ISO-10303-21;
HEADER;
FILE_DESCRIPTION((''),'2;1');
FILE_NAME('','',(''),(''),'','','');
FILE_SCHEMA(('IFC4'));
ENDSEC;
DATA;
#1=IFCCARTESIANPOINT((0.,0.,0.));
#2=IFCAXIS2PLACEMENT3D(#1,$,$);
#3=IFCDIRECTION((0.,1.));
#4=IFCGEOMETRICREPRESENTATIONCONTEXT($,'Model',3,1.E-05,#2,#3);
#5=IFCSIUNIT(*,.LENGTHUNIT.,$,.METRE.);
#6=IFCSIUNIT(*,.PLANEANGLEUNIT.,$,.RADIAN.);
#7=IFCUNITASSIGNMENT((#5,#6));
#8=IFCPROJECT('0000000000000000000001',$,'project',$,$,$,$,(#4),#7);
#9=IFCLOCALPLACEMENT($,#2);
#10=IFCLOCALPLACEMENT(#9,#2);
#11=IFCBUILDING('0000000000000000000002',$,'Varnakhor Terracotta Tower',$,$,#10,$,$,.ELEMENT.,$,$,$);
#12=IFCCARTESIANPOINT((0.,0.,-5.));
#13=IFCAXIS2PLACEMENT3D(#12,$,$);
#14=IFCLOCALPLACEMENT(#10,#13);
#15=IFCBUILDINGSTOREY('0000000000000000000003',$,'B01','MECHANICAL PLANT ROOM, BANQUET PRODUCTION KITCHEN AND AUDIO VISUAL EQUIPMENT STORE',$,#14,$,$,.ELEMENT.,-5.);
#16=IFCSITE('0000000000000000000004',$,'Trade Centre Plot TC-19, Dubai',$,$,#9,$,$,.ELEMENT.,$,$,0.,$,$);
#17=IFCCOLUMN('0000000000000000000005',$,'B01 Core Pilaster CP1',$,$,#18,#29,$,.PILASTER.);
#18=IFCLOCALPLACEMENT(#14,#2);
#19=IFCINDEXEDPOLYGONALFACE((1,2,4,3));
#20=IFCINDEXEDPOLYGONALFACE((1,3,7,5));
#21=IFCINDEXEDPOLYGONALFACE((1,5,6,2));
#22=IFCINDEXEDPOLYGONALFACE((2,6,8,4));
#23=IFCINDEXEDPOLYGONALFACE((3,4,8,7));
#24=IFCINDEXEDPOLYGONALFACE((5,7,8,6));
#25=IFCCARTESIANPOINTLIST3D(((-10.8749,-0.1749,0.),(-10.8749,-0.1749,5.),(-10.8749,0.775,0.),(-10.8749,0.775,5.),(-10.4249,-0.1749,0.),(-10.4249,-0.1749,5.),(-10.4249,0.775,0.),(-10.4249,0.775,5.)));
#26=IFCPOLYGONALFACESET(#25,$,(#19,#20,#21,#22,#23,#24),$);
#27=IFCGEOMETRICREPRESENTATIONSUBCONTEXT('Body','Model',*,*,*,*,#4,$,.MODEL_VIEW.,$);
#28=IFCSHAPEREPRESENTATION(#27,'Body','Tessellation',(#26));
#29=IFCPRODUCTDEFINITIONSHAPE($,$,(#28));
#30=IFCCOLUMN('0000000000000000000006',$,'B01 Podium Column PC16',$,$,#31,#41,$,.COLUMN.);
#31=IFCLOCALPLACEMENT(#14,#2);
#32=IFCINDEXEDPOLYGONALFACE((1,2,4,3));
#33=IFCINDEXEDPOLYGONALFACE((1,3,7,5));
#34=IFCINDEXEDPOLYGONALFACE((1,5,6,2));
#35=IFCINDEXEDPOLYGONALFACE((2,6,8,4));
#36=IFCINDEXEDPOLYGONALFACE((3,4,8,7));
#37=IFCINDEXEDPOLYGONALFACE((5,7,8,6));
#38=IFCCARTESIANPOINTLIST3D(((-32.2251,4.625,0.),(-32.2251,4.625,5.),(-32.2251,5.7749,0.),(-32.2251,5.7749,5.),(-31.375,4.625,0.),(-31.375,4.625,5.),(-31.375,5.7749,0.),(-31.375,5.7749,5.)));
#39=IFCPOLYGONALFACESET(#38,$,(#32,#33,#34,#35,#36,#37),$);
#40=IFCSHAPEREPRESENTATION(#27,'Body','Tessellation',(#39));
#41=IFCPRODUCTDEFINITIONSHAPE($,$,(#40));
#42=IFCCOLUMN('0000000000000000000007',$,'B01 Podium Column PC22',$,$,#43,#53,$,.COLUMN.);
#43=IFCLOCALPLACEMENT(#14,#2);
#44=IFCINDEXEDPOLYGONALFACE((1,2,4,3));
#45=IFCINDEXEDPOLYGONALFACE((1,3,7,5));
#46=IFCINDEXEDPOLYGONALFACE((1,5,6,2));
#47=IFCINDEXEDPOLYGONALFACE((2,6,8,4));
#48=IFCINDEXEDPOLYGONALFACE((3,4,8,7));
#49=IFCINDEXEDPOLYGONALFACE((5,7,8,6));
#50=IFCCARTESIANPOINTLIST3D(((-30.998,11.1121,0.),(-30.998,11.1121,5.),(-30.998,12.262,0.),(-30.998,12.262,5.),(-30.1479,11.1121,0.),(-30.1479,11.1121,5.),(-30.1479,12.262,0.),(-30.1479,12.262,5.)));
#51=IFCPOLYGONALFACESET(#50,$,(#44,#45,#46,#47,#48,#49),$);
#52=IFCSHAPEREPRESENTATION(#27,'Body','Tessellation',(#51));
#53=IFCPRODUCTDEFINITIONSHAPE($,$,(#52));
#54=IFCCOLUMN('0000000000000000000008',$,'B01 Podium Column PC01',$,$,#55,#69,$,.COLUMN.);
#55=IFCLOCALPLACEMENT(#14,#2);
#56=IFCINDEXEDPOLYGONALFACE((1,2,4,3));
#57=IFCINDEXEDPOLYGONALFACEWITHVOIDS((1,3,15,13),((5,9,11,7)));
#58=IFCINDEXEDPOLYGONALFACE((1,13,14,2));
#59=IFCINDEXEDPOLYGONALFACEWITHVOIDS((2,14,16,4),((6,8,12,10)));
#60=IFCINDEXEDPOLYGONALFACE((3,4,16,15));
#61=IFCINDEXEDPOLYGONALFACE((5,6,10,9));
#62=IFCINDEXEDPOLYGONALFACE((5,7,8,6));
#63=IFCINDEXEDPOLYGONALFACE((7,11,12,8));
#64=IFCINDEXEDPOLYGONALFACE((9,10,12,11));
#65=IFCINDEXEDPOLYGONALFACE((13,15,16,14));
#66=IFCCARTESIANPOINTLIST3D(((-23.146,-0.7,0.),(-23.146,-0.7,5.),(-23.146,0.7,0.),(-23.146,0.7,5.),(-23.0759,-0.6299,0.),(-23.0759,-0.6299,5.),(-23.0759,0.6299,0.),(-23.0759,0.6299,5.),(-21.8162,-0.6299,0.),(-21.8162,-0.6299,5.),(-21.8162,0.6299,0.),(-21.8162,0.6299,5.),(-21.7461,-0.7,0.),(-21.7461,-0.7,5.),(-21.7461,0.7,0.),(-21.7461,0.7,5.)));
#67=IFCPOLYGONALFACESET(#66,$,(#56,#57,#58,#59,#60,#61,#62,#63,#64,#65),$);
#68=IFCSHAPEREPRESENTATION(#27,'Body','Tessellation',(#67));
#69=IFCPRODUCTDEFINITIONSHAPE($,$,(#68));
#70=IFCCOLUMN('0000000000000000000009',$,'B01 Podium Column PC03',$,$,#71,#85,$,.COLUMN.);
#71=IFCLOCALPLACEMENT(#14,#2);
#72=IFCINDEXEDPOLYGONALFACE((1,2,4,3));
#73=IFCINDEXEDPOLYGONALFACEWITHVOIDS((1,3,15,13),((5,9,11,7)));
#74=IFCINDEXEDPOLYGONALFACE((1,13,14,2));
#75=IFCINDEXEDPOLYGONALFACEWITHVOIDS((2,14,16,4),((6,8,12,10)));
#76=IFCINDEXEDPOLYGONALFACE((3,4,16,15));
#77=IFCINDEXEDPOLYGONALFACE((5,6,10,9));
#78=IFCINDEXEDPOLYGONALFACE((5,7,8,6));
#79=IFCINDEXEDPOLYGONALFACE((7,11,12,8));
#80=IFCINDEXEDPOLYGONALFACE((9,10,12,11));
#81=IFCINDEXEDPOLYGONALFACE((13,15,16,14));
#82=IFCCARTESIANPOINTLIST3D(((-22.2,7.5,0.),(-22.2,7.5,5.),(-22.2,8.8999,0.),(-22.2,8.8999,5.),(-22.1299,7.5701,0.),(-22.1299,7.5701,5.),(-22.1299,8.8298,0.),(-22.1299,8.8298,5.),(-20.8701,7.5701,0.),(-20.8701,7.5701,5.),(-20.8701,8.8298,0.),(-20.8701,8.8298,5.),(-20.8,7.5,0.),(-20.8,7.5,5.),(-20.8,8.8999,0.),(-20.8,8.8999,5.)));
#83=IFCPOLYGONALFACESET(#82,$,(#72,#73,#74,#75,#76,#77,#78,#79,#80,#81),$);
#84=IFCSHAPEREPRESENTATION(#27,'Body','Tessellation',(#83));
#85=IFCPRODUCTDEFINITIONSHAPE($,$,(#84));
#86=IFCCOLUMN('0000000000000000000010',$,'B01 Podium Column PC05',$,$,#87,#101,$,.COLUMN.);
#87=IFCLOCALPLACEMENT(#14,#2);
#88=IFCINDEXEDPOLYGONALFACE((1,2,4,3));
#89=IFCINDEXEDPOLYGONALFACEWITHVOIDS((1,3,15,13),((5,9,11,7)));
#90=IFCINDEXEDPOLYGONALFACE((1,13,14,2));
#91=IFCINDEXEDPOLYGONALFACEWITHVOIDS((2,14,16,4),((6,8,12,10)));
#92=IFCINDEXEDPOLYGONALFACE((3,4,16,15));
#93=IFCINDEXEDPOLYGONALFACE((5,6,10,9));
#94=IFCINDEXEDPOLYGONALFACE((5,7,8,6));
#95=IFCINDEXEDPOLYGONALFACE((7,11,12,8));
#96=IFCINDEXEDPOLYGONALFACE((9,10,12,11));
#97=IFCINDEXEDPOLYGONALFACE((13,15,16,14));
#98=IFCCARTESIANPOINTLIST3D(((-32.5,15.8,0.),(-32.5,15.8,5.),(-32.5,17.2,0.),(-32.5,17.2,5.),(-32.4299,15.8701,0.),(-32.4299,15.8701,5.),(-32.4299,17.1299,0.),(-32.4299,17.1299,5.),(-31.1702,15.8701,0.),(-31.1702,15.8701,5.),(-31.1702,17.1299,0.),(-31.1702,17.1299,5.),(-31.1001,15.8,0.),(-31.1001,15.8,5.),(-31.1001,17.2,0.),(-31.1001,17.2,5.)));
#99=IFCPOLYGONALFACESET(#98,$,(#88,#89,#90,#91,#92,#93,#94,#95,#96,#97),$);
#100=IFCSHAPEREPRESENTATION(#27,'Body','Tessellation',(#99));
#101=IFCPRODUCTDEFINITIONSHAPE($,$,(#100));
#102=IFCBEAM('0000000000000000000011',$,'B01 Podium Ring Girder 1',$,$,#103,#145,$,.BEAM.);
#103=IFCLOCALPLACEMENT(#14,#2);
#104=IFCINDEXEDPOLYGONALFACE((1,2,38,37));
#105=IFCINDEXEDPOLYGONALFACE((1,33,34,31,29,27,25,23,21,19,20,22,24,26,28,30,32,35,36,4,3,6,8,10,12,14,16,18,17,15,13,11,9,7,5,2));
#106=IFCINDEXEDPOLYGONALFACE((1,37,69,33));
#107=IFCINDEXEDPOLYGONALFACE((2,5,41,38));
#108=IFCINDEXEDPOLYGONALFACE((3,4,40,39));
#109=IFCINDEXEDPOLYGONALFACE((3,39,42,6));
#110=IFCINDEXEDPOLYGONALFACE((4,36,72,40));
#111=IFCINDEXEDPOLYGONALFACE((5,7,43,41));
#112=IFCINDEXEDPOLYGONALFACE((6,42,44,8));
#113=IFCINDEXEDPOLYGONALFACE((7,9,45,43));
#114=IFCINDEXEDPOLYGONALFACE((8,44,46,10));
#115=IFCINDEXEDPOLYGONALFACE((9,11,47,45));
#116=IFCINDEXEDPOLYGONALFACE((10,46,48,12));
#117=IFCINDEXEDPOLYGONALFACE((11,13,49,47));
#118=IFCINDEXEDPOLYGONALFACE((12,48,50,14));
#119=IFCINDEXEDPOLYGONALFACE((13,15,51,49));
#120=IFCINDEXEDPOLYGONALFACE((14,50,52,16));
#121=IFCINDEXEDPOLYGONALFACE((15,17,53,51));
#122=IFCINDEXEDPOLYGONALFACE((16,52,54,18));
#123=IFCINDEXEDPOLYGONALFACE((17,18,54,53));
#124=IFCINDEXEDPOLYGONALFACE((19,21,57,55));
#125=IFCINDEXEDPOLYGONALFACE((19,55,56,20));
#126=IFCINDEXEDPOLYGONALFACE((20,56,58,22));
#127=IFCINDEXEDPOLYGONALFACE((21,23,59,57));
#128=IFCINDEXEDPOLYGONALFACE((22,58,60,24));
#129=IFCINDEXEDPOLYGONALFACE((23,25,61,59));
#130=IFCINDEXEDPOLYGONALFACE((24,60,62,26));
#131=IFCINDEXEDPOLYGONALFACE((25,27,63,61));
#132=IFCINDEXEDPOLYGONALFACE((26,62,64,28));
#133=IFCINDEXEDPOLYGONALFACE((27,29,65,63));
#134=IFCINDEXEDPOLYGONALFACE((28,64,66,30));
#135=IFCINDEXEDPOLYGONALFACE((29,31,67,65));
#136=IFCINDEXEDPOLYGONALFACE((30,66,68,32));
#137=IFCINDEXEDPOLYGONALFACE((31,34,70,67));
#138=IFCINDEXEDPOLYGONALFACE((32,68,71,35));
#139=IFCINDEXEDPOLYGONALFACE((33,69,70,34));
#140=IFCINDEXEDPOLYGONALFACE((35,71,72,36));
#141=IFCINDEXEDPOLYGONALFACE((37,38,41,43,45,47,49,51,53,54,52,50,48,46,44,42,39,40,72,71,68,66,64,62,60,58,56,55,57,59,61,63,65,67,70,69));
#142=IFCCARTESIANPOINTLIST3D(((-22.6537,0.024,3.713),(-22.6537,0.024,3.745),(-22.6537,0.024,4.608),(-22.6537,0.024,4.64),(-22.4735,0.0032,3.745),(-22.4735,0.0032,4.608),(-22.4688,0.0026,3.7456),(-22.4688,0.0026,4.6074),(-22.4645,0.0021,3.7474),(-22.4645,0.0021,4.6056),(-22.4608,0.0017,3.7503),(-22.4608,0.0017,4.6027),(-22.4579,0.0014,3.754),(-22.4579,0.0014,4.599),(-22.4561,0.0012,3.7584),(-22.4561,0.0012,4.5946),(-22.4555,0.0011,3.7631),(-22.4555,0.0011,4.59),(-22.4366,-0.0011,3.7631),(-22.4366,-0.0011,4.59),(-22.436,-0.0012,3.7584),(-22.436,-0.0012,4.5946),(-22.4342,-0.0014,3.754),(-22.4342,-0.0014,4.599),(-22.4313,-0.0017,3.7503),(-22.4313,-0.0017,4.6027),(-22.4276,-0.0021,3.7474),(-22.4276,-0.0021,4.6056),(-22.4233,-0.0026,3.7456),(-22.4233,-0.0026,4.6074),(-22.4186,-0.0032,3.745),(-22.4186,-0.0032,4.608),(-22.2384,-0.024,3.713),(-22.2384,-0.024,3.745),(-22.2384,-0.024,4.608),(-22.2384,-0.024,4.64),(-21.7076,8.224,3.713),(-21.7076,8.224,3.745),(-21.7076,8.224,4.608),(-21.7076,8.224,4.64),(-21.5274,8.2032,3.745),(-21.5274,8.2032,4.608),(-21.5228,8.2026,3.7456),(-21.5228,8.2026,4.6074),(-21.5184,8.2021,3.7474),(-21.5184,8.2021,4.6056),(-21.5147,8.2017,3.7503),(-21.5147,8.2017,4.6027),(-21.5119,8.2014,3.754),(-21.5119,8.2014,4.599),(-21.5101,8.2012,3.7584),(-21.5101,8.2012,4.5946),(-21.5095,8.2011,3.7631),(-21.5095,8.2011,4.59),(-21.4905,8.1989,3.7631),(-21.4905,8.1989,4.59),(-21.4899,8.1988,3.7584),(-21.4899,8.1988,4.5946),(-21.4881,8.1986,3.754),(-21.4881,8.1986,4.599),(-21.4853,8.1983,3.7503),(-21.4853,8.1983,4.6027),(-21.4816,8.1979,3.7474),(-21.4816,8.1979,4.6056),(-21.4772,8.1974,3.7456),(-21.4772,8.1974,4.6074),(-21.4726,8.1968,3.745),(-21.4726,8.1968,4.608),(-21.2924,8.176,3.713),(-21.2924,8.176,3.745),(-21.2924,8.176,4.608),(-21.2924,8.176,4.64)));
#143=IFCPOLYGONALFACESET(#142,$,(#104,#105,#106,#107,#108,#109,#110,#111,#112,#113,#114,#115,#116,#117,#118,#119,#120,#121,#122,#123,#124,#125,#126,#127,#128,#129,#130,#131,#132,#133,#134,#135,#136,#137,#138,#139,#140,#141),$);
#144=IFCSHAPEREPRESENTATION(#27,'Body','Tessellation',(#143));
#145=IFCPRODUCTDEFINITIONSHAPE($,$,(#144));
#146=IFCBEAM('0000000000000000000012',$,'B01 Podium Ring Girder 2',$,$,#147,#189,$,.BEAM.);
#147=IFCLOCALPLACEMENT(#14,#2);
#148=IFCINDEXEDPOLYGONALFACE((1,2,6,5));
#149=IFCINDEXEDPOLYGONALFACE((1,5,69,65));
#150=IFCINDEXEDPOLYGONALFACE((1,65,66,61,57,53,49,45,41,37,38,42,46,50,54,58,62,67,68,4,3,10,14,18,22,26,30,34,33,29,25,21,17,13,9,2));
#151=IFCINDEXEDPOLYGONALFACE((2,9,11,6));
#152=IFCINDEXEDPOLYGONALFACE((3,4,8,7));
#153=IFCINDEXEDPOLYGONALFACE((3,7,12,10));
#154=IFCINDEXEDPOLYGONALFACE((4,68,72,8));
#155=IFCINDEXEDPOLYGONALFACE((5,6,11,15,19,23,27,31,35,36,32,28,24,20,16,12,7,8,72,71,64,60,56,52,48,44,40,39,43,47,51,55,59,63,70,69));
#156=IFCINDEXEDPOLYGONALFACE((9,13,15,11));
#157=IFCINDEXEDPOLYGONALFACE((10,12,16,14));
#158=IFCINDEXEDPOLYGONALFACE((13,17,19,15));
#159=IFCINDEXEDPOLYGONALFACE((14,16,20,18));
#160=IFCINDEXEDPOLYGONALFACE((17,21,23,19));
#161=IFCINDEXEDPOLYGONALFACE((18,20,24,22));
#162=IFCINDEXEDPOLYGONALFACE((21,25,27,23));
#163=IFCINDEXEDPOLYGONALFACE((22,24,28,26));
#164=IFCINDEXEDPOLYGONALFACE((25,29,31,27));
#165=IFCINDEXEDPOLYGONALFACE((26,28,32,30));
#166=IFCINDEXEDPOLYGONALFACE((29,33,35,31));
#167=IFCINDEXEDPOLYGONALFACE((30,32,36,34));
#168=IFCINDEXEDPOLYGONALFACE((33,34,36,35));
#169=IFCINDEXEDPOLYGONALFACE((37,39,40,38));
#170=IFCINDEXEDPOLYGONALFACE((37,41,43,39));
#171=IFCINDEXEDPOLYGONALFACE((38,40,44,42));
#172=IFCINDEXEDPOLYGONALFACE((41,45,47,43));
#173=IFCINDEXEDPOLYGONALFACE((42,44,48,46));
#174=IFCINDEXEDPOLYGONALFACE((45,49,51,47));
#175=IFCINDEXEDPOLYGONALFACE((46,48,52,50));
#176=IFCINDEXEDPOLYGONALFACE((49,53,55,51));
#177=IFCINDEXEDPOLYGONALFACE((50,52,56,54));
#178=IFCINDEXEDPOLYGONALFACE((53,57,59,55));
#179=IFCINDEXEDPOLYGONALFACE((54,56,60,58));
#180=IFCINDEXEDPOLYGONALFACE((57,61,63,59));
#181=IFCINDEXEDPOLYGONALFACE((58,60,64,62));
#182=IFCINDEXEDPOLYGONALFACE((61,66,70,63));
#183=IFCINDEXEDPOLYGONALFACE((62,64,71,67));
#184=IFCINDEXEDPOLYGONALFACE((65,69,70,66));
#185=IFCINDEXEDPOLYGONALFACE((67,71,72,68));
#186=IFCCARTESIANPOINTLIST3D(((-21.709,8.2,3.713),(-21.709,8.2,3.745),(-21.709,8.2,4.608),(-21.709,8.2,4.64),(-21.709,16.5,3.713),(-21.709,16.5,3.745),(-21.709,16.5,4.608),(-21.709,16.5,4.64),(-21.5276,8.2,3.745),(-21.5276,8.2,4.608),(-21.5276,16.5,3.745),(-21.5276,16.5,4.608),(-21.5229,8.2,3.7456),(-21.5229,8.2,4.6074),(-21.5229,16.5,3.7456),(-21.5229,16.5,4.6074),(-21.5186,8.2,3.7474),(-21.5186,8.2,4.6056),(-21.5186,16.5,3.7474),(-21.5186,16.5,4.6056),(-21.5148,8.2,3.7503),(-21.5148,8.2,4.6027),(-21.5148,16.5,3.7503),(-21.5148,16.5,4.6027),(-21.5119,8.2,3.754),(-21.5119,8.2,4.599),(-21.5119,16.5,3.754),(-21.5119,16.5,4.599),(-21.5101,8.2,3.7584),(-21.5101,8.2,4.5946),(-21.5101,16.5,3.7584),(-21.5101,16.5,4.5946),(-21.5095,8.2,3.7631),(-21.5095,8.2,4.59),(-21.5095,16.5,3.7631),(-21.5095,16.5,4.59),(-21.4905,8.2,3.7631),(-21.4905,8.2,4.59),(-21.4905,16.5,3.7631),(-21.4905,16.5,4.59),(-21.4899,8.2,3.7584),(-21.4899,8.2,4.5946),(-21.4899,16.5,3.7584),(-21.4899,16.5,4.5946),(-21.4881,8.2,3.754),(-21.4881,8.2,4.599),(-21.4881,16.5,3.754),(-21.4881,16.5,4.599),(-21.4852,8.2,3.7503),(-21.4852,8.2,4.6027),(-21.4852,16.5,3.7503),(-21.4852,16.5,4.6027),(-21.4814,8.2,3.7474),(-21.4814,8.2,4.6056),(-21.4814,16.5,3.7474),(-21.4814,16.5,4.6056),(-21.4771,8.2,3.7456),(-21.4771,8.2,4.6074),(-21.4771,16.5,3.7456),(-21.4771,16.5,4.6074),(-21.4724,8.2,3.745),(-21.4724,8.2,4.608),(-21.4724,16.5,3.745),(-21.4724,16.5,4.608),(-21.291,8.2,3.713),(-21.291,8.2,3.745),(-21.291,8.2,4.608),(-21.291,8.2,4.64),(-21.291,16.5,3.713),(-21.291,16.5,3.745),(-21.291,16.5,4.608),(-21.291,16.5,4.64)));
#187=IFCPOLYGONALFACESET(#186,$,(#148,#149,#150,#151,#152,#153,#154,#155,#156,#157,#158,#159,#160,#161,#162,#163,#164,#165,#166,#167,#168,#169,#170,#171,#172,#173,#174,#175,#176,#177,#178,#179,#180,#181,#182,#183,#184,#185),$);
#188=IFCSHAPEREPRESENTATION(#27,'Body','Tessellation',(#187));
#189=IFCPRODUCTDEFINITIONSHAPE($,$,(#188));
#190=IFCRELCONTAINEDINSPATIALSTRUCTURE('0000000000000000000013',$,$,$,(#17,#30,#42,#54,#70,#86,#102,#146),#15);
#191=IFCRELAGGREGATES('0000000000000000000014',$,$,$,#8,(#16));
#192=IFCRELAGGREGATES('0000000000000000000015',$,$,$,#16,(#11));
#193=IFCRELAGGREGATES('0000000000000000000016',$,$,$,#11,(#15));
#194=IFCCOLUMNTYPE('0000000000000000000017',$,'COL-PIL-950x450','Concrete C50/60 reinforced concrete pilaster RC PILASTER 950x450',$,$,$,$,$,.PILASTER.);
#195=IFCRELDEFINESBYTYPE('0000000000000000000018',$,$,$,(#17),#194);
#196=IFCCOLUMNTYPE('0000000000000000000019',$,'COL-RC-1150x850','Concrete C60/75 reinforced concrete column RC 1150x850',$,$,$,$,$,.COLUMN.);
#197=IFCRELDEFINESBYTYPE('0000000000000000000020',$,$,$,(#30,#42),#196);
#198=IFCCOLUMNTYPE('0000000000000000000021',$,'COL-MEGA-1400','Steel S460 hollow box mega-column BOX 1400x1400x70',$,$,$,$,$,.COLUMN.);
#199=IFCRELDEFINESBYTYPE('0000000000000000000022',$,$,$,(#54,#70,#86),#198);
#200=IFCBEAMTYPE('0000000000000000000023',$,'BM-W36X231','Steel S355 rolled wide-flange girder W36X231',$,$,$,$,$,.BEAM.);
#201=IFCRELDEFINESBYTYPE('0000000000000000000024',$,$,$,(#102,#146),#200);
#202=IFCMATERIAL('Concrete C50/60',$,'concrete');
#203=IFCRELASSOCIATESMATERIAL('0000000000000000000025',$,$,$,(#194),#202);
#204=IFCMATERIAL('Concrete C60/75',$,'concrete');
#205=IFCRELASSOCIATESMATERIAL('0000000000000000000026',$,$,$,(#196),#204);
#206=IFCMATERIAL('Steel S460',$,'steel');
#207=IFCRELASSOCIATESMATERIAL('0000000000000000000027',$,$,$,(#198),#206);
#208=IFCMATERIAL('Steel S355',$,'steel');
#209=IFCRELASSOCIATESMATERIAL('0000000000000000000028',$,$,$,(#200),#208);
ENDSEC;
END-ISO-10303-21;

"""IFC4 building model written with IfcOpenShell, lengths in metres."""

from ifc_helpers import new_model, si_unit, direction, frame, origin, origin_2d, place, context, subcontext, project, spatial, rectangle, hollow_rectangle, i_section, extrude, source, transform, mapped, material, material_profile, profile_set, type_object, type_shapes, element, save


model = new_model("IFC4")

# Units and contexts
model_context = context("Model", 3, precision=1e-05, world=origin(), true_north=direction((0.0, 1.0)))
body_context = subcontext(model_context, "Body", "Model", "MODEL_VIEW")
ifc_project = project(units=[si_unit("LENGTHUNIT", "METRE"), si_unit("PLANEANGLEUNIT", "RADIAN")], contexts=[model_context])

# Site, building, storey
site_placement = place(None, origin())
site = spatial("IfcSite", under=ifc_project, at=site_placement, Name="Trade Centre Plot TC-19, Dubai", CompositionType="ELEMENT", RefElevation=0.0)
building_placement = place(site_placement, origin())
building = spatial("IfcBuilding", under=site, at=building_placement, Name="Varnakhor Terracotta Tower", CompositionType="ELEMENT")
storey_placement = place(building_placement, frame((0.0, 0.0, -5.0)))
storey = spatial("IfcBuildingStorey", under=building, at=storey_placement, Name="B01", Description="MECHANICAL PLANT ROOM, BANQUET PRODUCTION KITCHEN AND AUDIO VISUAL EQUIPMENT STORE", CompositionType="ELEMENT", Elevation=-5.0)

# Columns
ifc_material_1 = material(Name="Concrete C50/60", Category="concrete")
ifc_material_profile_1 = material_profile(ifc_material_1, rectangle(XDim=0.45, YDim=0.95, at=origin_2d()), Name="RC PILASTER 950x450")
ifc_profile_set_1 = profile_set([ifc_material_profile_1], Name="Concrete C50/60")
column_type_1 = type_object("IfcColumnType", Name="COL-PIL-950x450", Description="Concrete C50/60 reinforced concrete pilaster RC PILASTER 950x450", PredefinedType="PILASTER", material=ifc_profile_set_1)
shared_shape_1 = source(origin(), body_context, "Body", "SweptSolid", [
    extrude(rectangle(XDim=0.45, YDim=0.95, at=origin_2d()), origin(), (0.0, 0.0, 1.0), 5.0),
])
type_shapes(column_type_1, [shared_shape_1])
column_placement = place(storey_placement, frame((-10.6499, 0.3, 0.0), z_axis=(0.0, 0.0, 1.0), x_axis=(1.0, 0.0, 0.0)))
element("IfcColumn", 1, at=column_placement, inside=storey, type_object=column_type_1, Name="B01 Core Pilaster CP1", PredefinedType="PILASTER", context=body_context, shape_type="MappedRepresentation", body=[
    mapped(shared_shape_1, transform((0.0, 0.0, 0.0), scale=1.0)),
])
ifc_material_2 = material(Name="Concrete C60/75", Category="concrete")
ifc_material_profile_2 = material_profile(ifc_material_2, rectangle(XDim=0.8501, YDim=1.1499, at=origin_2d()), Name="RC 1150x850")
ifc_profile_set_2 = profile_set([ifc_material_profile_2], Name="Concrete C60/75")
column_type_2 = type_object("IfcColumnType", Name="COL-RC-1150x850", Description="Concrete C60/75 reinforced concrete column RC 1150x850", PredefinedType="COLUMN", material=ifc_profile_set_2)
shared_shape_2 = source(origin(), body_context, "Body", "SweptSolid", [
    extrude(rectangle(XDim=0.8501, YDim=1.1499, at=origin_2d()), origin(), (0.0, 0.0, 1.0), 5.0),
])
type_shapes(column_type_2, [shared_shape_2])
for number, where, z_axis, x_axis, name in (
    (2, (-31.8, 5.2, 0.0), (0.0, 0.0, 1.0), (1.0, 0.0, 0.0), "B01 Podium Column PC16"),
    (3, (-30.573, 11.687, 0.0), (0.0, 0.0, 1.0), (1.0, 0.0, 0.0), "B01 Podium Column PC22"),
):
    element("IfcColumn", number, at=place(storey_placement, frame(where, z_axis=z_axis, x_axis=x_axis)), inside=storey, type_object=column_type_2, Name=name, PredefinedType="COLUMN", context=body_context, shape_type="MappedRepresentation", body=[
        mapped(shared_shape_2, transform((0.0, 0.0, 0.0), scale=1.0)),
    ])
ifc_material_3 = material(Name="Steel S460", Category="steel")
ifc_material_profile_3 = material_profile(ifc_material_3, hollow_rectangle(XDim=1.3999, YDim=1.3999, WallThickness=0.0701, at=origin_2d()), Name="BOX 1400x1400x70")
ifc_profile_set_3 = profile_set([ifc_material_profile_3], Name="Steel S460")
column_type_3 = type_object("IfcColumnType", Name="COL-MEGA-1400", Description="Steel S460 hollow box mega-column BOX 1400x1400x70", PredefinedType="COLUMN", material=ifc_profile_set_3)
shared_shape_3 = source(origin(), body_context, "Body", "SweptSolid", [
    extrude(hollow_rectangle(XDim=1.3999, YDim=1.3999, WallThickness=0.0701, at=origin_2d()), origin(), (0.0, 0.0, 1.0), 5.0),
])
type_shapes(column_type_3, [shared_shape_3])
for number, where, z_axis, x_axis, name in (
    (4, (-22.446, 0.0, 0.0), (0.0, 0.0, 1.0), (1.0, 0.0, 0.0), "B01 Podium Column PC01"),
    (5, (-21.5, 8.2, 0.0), (0.0, 0.0, 1.0), (1.0, 0.0, 0.0), "B01 Podium Column PC03"),
    (6, (-31.8, 16.5, 0.0), (0.0, 0.0, 1.0), (1.0, 0.0, 0.0), "B01 Podium Column PC05"),
):
    element("IfcColumn", number, at=place(storey_placement, frame(where, z_axis=z_axis, x_axis=x_axis)), inside=storey, type_object=column_type_3, Name=name, PredefinedType="COLUMN", context=body_context, shape_type="MappedRepresentation", body=[
        mapped(shared_shape_3, transform((0.0, 0.0, 0.0), scale=1.0)),
    ])

# Beams
ifc_material_4 = material(Name="Steel S355", Category="steel")
ifc_material_profile_4 = material_profile(ifc_material_4, i_section(OverallWidth=0.418, OverallDepth=0.927, WebThickness=0.019, FlangeThickness=0.032, FilletRadius=0.0181, at=origin_2d()), Name="W36X231")
ifc_profile_set_4 = profile_set([ifc_material_profile_4], Name="Steel S355")
beam_type_1 = type_object("IfcBeamType", Name="BM-W36X231", Description="Steel S355 rolled wide-flange girder W36X231", PredefinedType="BEAM", material=ifc_profile_set_4)
shared_shape_4 = source(origin(), body_context, "Body", "SweptSolid", [
    extrude(i_section(OverallWidth=0.418, OverallDepth=0.927, WebThickness=0.019, FlangeThickness=0.032, FilletRadius=0.0181, at=origin_2d()), origin(), (0.0, 0.0, 1.0), 8.2544),
])
type_shapes(beam_type_1, [shared_shape_4])
beam_1_placement = place(storey_placement, frame((-22.446, 0.0, 4.1765), z_axis=(0.114612, 0.99341, 0.0), x_axis=(-0.99341, 0.114612, 0.0)))
element("IfcBeam", 7, at=beam_1_placement, inside=storey, type_object=beam_type_1, Name="B01 Podium Ring Girder 1", PredefinedType="BEAM", context=body_context, shape_type="MappedRepresentation", body=[
    mapped(shared_shape_4, transform((0.0, 0.0, 0.0), scale=1.0)),
])
shared_shape_5 = source(origin(), body_context, "Body", "SweptSolid", [
    extrude(i_section(OverallWidth=0.418, OverallDepth=0.927, WebThickness=0.019, FlangeThickness=0.032, FilletRadius=0.0181, at=origin_2d()), origin(), (0.0, 0.0, 1.0), 8.3),
])
beam_2_placement = place(storey_placement, frame((-21.5, 8.2, 4.1765), z_axis=(0.0, 1.0, 0.0), x_axis=(-1.0, 0.0, 0.0)))
element("IfcBeam", 8, at=beam_2_placement, inside=storey, type_object=beam_type_1, Name="B01 Podium Ring Girder 2", PredefinedType="BEAM", context=body_context, shape_type="MappedRepresentation", body=[
    mapped(shared_shape_5, transform((0.0, 0.0, 0.0), scale=1.0)),
])

save(model, "model.ifc")
